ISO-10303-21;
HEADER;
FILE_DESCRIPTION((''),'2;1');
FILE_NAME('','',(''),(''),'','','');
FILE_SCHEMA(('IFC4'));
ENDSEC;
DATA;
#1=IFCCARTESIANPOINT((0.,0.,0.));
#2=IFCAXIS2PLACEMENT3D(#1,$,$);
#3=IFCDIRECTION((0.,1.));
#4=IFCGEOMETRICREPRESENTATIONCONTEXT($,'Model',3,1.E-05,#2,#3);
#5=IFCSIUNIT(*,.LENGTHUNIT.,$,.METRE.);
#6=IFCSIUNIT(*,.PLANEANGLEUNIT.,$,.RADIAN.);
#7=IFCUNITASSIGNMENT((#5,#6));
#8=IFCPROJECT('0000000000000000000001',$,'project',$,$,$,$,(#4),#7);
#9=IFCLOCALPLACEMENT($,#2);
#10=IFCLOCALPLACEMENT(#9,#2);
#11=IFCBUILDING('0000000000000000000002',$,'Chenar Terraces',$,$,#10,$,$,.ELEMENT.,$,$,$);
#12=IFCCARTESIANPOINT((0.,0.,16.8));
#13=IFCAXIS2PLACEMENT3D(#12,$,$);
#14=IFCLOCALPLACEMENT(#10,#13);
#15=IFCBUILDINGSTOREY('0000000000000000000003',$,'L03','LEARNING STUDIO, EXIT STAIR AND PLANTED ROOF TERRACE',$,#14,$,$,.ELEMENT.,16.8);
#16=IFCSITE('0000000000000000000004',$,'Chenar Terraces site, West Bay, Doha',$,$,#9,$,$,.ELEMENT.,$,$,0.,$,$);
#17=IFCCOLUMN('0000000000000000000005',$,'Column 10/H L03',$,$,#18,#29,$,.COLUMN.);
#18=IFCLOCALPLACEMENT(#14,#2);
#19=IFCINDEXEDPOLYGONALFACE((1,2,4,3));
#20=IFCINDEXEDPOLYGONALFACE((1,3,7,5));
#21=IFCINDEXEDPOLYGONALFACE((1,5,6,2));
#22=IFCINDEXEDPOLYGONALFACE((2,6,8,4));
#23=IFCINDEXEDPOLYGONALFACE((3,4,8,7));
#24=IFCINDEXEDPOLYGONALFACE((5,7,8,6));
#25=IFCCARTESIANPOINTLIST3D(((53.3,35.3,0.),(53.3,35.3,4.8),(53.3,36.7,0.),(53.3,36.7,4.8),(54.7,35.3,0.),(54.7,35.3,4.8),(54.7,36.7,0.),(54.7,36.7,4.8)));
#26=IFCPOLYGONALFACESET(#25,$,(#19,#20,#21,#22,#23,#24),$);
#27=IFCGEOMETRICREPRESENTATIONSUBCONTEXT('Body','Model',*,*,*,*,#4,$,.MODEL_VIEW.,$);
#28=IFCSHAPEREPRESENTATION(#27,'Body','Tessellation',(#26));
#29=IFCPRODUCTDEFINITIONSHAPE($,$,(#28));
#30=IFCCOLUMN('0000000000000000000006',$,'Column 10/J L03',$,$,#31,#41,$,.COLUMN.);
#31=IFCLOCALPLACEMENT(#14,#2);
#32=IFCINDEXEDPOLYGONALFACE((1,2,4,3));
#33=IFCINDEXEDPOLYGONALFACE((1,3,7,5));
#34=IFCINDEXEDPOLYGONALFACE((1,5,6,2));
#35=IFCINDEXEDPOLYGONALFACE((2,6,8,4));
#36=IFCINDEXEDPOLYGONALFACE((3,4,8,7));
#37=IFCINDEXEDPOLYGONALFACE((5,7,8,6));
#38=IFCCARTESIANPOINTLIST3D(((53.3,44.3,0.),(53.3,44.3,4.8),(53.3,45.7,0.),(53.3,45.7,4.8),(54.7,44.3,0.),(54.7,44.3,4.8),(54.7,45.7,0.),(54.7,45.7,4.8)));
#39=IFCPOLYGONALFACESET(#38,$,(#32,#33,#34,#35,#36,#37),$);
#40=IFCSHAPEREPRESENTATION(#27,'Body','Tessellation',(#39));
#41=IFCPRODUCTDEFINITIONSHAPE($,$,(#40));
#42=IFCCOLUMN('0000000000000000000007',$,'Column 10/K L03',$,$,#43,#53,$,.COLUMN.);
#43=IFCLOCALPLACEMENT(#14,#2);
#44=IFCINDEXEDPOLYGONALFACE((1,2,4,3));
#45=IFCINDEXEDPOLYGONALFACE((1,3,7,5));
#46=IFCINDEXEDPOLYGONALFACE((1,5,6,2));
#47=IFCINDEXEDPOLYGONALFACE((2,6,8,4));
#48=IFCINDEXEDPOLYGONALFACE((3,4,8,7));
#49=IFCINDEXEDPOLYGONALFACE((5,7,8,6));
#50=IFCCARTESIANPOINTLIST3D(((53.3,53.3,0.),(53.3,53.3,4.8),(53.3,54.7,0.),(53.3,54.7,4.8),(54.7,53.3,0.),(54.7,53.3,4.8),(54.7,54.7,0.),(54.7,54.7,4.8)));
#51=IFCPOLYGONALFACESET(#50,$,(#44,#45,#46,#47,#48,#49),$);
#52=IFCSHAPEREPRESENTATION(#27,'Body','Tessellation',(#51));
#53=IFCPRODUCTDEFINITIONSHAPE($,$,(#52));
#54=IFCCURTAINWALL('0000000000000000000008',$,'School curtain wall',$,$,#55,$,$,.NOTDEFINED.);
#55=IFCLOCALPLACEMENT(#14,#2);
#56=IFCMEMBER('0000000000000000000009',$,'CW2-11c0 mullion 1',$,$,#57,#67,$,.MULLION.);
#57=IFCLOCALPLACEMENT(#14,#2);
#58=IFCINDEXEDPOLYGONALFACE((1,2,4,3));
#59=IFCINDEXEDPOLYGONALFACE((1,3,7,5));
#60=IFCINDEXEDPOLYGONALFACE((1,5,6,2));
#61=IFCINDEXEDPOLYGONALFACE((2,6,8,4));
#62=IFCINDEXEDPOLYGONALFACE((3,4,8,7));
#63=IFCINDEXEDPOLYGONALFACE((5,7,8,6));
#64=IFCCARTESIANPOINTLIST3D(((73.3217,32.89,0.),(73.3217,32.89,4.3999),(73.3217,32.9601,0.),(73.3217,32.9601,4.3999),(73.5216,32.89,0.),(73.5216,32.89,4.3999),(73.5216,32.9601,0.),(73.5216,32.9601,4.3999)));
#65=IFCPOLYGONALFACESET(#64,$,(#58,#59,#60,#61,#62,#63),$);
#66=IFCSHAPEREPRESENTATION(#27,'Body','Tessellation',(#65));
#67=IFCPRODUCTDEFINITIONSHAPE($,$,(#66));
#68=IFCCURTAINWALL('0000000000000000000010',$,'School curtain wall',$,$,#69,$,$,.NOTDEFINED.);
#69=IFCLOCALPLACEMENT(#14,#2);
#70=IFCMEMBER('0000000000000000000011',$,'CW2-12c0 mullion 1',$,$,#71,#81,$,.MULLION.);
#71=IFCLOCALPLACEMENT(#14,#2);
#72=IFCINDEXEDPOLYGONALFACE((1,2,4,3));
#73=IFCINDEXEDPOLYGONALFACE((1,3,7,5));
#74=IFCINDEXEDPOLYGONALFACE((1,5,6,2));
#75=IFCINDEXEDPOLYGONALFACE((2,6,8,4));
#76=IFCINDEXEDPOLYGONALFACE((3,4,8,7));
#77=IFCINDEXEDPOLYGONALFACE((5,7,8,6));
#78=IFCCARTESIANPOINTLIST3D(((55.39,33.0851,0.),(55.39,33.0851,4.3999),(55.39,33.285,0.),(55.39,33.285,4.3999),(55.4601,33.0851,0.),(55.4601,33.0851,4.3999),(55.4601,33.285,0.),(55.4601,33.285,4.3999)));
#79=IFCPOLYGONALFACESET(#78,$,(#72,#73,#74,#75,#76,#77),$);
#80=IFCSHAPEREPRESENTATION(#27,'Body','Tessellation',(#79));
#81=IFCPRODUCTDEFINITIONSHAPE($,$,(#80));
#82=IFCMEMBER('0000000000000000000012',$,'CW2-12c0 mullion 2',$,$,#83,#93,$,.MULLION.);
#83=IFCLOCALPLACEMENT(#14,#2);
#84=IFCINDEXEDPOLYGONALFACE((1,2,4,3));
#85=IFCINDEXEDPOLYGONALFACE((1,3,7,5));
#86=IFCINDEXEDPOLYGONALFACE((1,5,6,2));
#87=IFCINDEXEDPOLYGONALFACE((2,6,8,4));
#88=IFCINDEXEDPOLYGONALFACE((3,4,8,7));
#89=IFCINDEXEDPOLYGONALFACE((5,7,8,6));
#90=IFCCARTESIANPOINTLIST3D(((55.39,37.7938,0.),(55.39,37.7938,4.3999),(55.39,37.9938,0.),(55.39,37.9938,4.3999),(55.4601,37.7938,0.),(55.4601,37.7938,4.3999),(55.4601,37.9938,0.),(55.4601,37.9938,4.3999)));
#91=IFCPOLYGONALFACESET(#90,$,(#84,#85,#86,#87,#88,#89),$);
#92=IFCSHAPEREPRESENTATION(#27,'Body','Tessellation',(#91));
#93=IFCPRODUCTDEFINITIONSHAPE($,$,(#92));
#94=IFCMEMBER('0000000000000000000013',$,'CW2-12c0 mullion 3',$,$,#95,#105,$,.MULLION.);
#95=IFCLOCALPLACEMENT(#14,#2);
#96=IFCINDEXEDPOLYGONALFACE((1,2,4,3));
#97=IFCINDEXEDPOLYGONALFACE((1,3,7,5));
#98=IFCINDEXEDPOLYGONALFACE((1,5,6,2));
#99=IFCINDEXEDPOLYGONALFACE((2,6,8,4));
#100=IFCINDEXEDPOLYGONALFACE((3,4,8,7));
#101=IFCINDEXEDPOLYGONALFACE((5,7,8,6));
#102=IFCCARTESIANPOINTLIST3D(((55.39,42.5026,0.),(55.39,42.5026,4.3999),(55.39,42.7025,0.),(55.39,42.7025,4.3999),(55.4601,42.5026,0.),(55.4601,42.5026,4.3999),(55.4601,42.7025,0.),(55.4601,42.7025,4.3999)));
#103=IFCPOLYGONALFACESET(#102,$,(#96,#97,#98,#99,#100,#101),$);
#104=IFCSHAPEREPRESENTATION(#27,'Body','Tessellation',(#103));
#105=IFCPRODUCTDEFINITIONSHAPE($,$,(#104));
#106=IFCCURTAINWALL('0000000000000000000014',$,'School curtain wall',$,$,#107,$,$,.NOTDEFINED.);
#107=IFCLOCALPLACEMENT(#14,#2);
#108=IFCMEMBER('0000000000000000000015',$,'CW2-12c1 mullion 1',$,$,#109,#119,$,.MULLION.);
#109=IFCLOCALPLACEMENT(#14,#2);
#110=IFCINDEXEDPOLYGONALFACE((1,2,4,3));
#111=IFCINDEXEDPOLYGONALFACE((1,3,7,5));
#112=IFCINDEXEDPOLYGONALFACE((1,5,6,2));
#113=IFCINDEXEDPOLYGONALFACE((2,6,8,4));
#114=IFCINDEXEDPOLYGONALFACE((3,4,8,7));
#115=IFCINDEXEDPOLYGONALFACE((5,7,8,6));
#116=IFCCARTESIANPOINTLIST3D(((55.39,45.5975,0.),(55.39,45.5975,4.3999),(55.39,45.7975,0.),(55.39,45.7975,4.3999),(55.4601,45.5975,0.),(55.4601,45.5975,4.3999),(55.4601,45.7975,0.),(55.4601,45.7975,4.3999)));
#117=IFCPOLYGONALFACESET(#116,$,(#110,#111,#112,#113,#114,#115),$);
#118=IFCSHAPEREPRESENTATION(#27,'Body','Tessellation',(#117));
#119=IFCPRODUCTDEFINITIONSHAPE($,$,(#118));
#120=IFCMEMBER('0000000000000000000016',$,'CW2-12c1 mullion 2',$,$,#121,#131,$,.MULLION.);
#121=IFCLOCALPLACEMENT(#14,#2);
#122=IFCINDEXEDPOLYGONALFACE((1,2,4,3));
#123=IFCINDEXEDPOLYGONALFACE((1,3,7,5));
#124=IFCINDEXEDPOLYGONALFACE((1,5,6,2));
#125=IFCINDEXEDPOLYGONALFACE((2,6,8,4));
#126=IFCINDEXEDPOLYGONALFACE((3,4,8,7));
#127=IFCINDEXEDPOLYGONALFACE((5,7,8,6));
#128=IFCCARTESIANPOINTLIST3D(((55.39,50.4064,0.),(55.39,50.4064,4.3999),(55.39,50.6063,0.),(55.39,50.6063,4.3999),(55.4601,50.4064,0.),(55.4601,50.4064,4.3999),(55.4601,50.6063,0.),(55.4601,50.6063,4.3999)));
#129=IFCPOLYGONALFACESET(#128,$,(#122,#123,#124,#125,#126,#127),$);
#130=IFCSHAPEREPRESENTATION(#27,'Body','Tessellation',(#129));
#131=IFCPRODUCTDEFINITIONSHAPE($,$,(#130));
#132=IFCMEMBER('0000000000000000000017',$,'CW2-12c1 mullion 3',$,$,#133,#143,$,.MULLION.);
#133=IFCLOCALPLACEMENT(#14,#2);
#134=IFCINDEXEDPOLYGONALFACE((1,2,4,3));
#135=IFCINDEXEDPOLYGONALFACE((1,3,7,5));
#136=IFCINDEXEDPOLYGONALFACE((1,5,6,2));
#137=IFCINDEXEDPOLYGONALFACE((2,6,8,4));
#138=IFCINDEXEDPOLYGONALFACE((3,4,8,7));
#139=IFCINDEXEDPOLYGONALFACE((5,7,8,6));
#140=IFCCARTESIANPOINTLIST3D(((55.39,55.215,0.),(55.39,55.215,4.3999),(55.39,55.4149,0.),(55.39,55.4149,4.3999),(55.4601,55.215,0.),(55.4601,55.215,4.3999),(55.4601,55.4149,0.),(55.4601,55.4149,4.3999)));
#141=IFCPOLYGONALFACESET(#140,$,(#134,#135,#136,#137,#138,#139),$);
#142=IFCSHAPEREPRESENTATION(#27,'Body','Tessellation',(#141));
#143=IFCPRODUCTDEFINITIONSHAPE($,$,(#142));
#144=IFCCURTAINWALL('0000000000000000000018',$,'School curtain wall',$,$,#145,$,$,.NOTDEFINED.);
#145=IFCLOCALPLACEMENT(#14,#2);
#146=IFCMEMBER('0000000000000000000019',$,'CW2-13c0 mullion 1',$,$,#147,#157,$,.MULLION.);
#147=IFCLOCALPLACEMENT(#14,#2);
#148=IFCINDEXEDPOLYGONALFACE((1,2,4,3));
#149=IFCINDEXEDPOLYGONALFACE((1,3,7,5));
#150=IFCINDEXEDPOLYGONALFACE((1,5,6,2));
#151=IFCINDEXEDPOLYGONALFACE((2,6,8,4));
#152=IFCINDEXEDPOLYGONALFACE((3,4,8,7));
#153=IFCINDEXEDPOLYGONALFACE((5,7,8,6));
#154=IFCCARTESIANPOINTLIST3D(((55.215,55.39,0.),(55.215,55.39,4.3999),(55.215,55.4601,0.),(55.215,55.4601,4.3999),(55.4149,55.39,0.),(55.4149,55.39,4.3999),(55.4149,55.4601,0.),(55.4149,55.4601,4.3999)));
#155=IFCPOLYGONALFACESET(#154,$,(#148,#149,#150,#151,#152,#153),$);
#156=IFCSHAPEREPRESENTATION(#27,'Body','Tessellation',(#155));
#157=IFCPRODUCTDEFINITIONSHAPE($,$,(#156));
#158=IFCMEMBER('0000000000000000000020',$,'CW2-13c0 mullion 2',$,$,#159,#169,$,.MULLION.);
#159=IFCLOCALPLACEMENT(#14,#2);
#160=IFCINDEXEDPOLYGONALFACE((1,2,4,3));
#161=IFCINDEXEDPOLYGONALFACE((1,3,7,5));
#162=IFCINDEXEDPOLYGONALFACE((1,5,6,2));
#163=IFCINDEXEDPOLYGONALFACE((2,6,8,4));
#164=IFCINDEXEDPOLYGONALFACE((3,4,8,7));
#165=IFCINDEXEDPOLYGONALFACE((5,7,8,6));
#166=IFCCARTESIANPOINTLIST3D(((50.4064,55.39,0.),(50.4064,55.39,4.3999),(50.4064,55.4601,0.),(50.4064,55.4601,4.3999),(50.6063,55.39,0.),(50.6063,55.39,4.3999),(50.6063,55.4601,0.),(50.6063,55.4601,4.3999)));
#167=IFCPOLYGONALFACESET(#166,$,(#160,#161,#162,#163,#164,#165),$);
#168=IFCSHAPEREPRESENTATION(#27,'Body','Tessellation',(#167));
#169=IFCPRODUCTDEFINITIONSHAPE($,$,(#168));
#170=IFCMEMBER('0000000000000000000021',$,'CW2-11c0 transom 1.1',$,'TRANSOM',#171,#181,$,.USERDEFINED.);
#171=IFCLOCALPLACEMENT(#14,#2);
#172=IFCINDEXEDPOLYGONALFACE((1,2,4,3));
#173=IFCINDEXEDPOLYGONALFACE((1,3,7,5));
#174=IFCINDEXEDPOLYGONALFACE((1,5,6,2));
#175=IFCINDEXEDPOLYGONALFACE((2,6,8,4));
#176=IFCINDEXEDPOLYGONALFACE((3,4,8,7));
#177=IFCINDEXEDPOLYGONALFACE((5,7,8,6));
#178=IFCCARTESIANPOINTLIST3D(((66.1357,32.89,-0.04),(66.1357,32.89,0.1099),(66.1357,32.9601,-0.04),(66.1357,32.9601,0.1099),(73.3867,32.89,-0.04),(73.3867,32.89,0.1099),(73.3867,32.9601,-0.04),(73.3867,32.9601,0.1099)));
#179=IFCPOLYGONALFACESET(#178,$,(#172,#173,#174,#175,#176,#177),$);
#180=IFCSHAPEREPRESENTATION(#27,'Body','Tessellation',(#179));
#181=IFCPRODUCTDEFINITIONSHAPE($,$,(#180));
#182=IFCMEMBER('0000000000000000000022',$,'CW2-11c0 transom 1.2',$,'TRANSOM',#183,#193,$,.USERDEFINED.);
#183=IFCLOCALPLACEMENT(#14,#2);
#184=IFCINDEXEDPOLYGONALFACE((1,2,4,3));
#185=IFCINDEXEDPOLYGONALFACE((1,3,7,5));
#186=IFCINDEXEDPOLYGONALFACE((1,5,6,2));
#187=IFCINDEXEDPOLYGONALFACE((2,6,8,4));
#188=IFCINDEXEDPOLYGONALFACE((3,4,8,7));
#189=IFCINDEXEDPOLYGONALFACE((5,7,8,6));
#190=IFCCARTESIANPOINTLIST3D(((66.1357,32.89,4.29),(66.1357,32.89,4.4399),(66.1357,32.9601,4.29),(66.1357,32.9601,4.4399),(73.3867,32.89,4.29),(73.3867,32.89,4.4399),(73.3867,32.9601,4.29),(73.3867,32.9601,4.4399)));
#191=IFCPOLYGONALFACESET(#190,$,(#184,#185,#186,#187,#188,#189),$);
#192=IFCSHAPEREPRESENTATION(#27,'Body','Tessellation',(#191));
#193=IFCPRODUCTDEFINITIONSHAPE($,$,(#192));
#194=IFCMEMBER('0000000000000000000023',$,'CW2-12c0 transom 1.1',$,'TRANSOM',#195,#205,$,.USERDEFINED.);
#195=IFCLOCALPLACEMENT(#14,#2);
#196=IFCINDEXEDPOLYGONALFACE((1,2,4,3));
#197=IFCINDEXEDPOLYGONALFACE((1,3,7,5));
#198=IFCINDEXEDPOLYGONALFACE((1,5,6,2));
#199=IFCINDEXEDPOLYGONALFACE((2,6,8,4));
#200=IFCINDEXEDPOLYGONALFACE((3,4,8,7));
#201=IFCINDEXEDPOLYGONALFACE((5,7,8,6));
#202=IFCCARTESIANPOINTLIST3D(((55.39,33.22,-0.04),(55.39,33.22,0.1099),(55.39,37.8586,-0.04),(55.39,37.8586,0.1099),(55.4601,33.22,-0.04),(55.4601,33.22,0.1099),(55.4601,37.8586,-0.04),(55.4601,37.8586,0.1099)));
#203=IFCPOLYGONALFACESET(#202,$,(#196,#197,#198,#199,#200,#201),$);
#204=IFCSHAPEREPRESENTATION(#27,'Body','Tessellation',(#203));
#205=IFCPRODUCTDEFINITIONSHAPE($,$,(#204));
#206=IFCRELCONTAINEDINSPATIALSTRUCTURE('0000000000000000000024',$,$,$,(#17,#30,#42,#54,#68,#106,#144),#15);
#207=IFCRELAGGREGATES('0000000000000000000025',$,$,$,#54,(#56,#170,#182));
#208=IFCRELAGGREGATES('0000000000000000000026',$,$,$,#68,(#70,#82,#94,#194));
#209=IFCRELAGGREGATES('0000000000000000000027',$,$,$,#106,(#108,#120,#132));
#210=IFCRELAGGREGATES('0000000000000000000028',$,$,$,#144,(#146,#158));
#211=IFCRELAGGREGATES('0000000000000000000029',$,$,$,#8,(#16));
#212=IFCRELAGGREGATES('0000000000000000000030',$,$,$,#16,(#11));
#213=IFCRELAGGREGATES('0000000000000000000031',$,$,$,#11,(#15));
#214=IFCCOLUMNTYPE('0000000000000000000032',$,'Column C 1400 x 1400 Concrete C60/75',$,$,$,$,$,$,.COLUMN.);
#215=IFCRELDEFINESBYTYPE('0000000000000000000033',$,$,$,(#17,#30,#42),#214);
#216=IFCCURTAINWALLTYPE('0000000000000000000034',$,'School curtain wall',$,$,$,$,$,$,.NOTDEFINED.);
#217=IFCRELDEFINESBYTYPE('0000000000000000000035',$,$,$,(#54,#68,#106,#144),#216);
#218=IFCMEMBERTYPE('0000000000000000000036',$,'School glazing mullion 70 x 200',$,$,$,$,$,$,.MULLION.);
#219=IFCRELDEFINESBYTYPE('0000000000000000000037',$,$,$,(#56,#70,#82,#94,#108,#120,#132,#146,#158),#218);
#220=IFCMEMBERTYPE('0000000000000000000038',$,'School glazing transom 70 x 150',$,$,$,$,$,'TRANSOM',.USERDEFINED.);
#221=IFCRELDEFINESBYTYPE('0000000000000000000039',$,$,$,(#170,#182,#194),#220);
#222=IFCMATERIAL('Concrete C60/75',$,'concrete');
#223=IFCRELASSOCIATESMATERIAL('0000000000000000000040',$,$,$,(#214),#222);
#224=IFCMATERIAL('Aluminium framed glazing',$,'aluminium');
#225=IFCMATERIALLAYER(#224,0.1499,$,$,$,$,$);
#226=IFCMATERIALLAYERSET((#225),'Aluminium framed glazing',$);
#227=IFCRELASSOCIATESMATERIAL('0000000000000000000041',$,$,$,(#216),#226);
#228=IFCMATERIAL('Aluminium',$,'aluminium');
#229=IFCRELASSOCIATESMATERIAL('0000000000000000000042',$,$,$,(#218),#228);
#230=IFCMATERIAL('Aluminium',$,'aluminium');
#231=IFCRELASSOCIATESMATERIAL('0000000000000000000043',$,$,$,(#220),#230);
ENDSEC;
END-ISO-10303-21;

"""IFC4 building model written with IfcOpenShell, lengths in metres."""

from ifc_helpers import new_model, si_unit, direction, frame, origin, origin_2d, place, context, subcontext, project, spatial, rectangle, extrude, material, layer, layer_set, material_profile, profile_set, type_object, element, aggregate, save


model = new_model("IFC4")

# Units and contexts
model_context = context("Model", 3, precision=1e-05, world=origin(), true_north=direction((0.0, 1.0)))
body_context = subcontext(model_context, "Body", "Model", "MODEL_VIEW")
ifc_project = project(units=[si_unit("LENGTHUNIT", "METRE"), si_unit("PLANEANGLEUNIT", "RADIAN")], contexts=[model_context])

# Site, building, storey
site_placement = place(None, origin())
site = spatial("IfcSite", under=ifc_project, at=site_placement, Name="Chenar Terraces site, West Bay, Doha", CompositionType="ELEMENT", RefElevation=0.0)
building_placement = place(site_placement, origin())
building = spatial("IfcBuilding", under=site, at=building_placement, Name="Chenar Terraces", CompositionType="ELEMENT")
storey_placement = place(building_placement, frame((0.0, 0.0, 16.8)))
storey = spatial("IfcBuildingStorey", under=building, at=storey_placement, Name="L03", Description="LEARNING STUDIO, EXIT STAIR AND PLANTED ROOF TERRACE", CompositionType="ELEMENT", Elevation=16.8)

# Columns
ifc_material_1 = material(Name="Concrete C60/75", Category="concrete")
ifc_material_profile_1 = material_profile(ifc_material_1, rectangle(XDim=1.3999, YDim=1.3999, at=origin_2d()), Name="C 1400 x 1400")
ifc_profile_set_1 = profile_set([ifc_material_profile_1], Name="Concrete C60/75")
column_type = type_object("IfcColumnType", Name="Column C 1400 x 1400 Concrete C60/75", PredefinedType="COLUMN", material=ifc_profile_set_1)
for number, where, z_axis, x_axis, name in (
    (1, (54.0, 36.0, 0.0), (0.0, 0.0, 1.0), (1.0, 0.0, 0.0), "Column 10/H L03"),
    (2, (54.0, 45.0, 0.0), (0.0, 0.0, 1.0), (1.0, 0.0, 0.0), "Column 10/J L03"),
    (3, (54.0, 54.0, 0.0), (0.0, 0.0, 1.0), (1.0, 0.0, 0.0), "Column 10/K L03"),
):
    element("IfcColumn", number, at=place(storey_placement, frame(where, z_axis=z_axis, x_axis=x_axis)), inside=storey, type_object=column_type, Name=name, PredefinedType="COLUMN", context=body_context, shape_type="SweptSolid", body=[
        extrude(rectangle(XDim=1.3999, YDim=1.3999, at=origin_2d()), origin(), (0.0, 0.0, 1.0), 4.8),
    ])

# Curtain wall, member
ifc_material_2 = material(Name="Aluminium framed glazing", Category="aluminium")
ifc_layer_1 = layer(ifc_material_2, 0.1499)
ifc_layer_set_1 = layer_set([ifc_layer_1], Name="Aluminium framed glazing")
curtain_wall_type = type_object("IfcCurtainWallType", Name="School curtain wall", PredefinedType="NOTDEFINED", material=ifc_layer_set_1)
placement = place(storey_placement, origin())
curtain_wall_1 = element("IfcCurtainWall", 4, at=placement, inside=storey, type_object=curtain_wall_type, Name="School curtain wall", PredefinedType="NOTDEFINED")
ifc_material_3 = material(Name="Aluminium", Category="aluminium")
ifc_material_profile_2 = material_profile(ifc_material_3, rectangle(XDim=0.0701, YDim=0.2, at=origin_2d()), Name="School glazing mullion 70 x 200")
ifc_profile_set_2 = profile_set([ifc_material_profile_2], Name="Aluminium")
member_type_1 = type_object("IfcMemberType", Name="School glazing mullion 70 x 200", PredefinedType="MULLION", material=ifc_profile_set_2)
member_1_placement = place(storey_placement, frame((73.4216, 32.925, 0.0), z_axis=(0.0, 0.0, 1.0), x_axis=(0.0, -1.0, 0.0)))
member_1 = element("IfcMember", 5, at=member_1_placement, type_object=member_type_1, Name="CW2-11c0 mullion 1", PredefinedType="MULLION", context=body_context, shape_type="SweptSolid", body=[
    extrude(rectangle(XDim=0.0701, YDim=0.2, at=origin_2d()), origin(), (0.0, 0.0, 1.0), 4.3999),
])

# Curtain walls, members
curtain_wall_2 = element("IfcCurtainWall", 6, at=placement, inside=storey, type_object=curtain_wall_type, Name="School curtain wall", PredefinedType="NOTDEFINED")
member_2_placement = place(storey_placement, frame((55.425, 33.1851, 0.0), z_axis=(0.0, 0.0, 1.0), x_axis=(-1.0, 0.0, 0.0)))
member_2 = element("IfcMember", 7, at=member_2_placement, type_object=member_type_1, Name="CW2-12c0 mullion 1", PredefinedType="MULLION", context=body_context, shape_type="SweptSolid", body=[
    extrude(rectangle(XDim=0.0701, YDim=0.2, at=origin_2d()), origin(), (0.0, 0.0, 1.0), 4.3999),
])
member_3_placement = place(storey_placement, frame((55.425, 37.8938, 0.0), z_axis=(0.0, 0.0, 1.0), x_axis=(-1.0, 0.0, 0.0)))
member_3 = element("IfcMember", 8, at=member_3_placement, type_object=member_type_1, Name="CW2-12c0 mullion 2", PredefinedType="MULLION", context=body_context, shape_type="SweptSolid", body=[
    extrude(rectangle(XDim=0.0701, YDim=0.2, at=origin_2d()), origin(), (0.0, 0.0, 1.0), 4.3999),
])
member_4_placement = place(storey_placement, frame((55.425, 42.6025, 0.0), z_axis=(0.0, 0.0, 1.0), x_axis=(-1.0, 0.0, 0.0)))
member_4 = element("IfcMember", 9, at=member_4_placement, type_object=member_type_1, Name="CW2-12c0 mullion 3", PredefinedType="MULLION", context=body_context, shape_type="SweptSolid", body=[
    extrude(rectangle(XDim=0.0701, YDim=0.2, at=origin_2d()), origin(), (0.0, 0.0, 1.0), 4.3999),
])
curtain_wall_3 = element("IfcCurtainWall", 10, at=placement, inside=storey, type_object=curtain_wall_type, Name="School curtain wall", PredefinedType="NOTDEFINED")
member_5_placement = place(storey_placement, frame((55.425, 45.6975, 0.0), z_axis=(0.0, 0.0, 1.0), x_axis=(-1.0, 0.0, 0.0)))
member_5 = element("IfcMember", 11, at=member_5_placement, type_object=member_type_1, Name="CW2-12c1 mullion 1", PredefinedType="MULLION", context=body_context, shape_type="SweptSolid", body=[
    extrude(rectangle(XDim=0.0701, YDim=0.2, at=origin_2d()), origin(), (0.0, 0.0, 1.0), 4.3999),
])
member_6_placement = place(storey_placement, frame((55.425, 50.5063, 0.0), z_axis=(0.0, 0.0, 1.0), x_axis=(-1.0, 0.0, 0.0)))
member_6 = element("IfcMember", 12, at=member_6_placement, type_object=member_type_1, Name="CW2-12c1 mullion 2", PredefinedType="MULLION", context=body_context, shape_type="SweptSolid", body=[
    extrude(rectangle(XDim=0.0701, YDim=0.2, at=origin_2d()), origin(), (0.0, 0.0, 1.0), 4.3999),
])
member_7_placement = place(storey_placement, frame((55.425, 55.3149, 0.0), z_axis=(0.0, 0.0, 1.0), x_axis=(-1.0, 0.0, 0.0)))
member_7 = element("IfcMember", 13, at=member_7_placement, type_object=member_type_1, Name="CW2-12c1 mullion 3", PredefinedType="MULLION", context=body_context, shape_type="SweptSolid", body=[
    extrude(rectangle(XDim=0.0701, YDim=0.2, at=origin_2d()), origin(), (0.0, 0.0, 1.0), 4.3999),
])
curtain_wall_4 = element("IfcCurtainWall", 14, at=placement, inside=storey, type_object=curtain_wall_type, Name="School curtain wall", PredefinedType="NOTDEFINED")
member_8_placement = place(storey_placement, frame((55.3149, 55.425, 0.0), z_axis=(0.0, 0.0, 1.0), x_axis=(0.0, -1.0, 0.0)))
member_8 = element("IfcMember", 15, at=member_8_placement, type_object=member_type_1, Name="CW2-13c0 mullion 1", PredefinedType="MULLION", context=body_context, shape_type="SweptSolid", body=[
    extrude(rectangle(XDim=0.0701, YDim=0.2, at=origin_2d()), origin(), (0.0, 0.0, 1.0), 4.3999),
])
member_9_placement = place(storey_placement, frame((50.5063, 55.425, 0.0), z_axis=(0.0, 0.0, 1.0), x_axis=(0.0, -1.0, 0.0)))
member_9 = element("IfcMember", 16, at=member_9_placement, type_object=member_type_1, Name="CW2-13c0 mullion 2", PredefinedType="MULLION", context=body_context, shape_type="SweptSolid", body=[
    extrude(rectangle(XDim=0.0701, YDim=0.2, at=origin_2d()), origin(), (0.0, 0.0, 1.0), 4.3999),
])

# Members
ifc_material_4 = material(Name="Aluminium", Category="aluminium")
ifc_material_profile_3 = material_profile(ifc_material_4, rectangle(XDim=0.0701, YDim=0.1499, at=origin_2d()), Name="School glazing transom 70 x 150")
ifc_profile_set_3 = profile_set([ifc_material_profile_3], Name="Aluminium")
member_type_2 = type_object("IfcMemberType", Name="School glazing transom 70 x 150", ElementType="TRANSOM", PredefinedType="USERDEFINED", material=ifc_profile_set_3)
member_10_placement = place(storey_placement, frame((73.3867, 32.925, 0.0349), z_axis=(-1.0, 0.0, 0.0), x_axis=(0.0, -1.0, 0.0)))
member_10 = element("IfcMember", 17, at=member_10_placement, type_object=member_type_2, Name="CW2-11c0 transom 1.1", ObjectType="TRANSOM", PredefinedType="USERDEFINED", context=body_context, shape_type="SweptSolid", body=[
    extrude(rectangle(XDim=0.0701, YDim=0.1499, at=origin_2d()), origin(), (0.0, 0.0, 1.0), 7.251),
])
member_11_placement = place(storey_placement, frame((73.3867, 32.925, 4.365), z_axis=(-1.0, 0.0, 0.0), x_axis=(0.0, -1.0, 0.0)))
member_11 = element("IfcMember", 18, at=member_11_placement, type_object=member_type_2, Name="CW2-11c0 transom 1.2", ObjectType="TRANSOM", PredefinedType="USERDEFINED", context=body_context, shape_type="SweptSolid", body=[
    extrude(rectangle(XDim=0.0701, YDim=0.1499, at=origin_2d()), origin(), (0.0, 0.0, 1.0), 7.251),
])
aggregate(curtain_wall_1, [member_1, member_10, member_11])
member_12_placement = place(storey_placement, frame((55.425, 33.22, 0.0349), z_axis=(0.0, 1.0, 0.0), x_axis=(-1.0, 0.0, 0.0)))
member_12 = element("IfcMember", 19, at=member_12_placement, type_object=member_type_2, Name="CW2-12c0 transom 1.1", ObjectType="TRANSOM", PredefinedType="USERDEFINED", context=body_context, shape_type="SweptSolid", body=[
    extrude(rectangle(XDim=0.0701, YDim=0.1499, at=origin_2d()), origin(), (0.0, 0.0, 1.0), 4.6387),
])

aggregate(curtain_wall_2, [member_2, member_3, member_4, member_12])
aggregate(curtain_wall_3, [member_5, member_6, member_7])
aggregate(curtain_wall_4, [member_8, member_9])

save(model, "model.ifc")
